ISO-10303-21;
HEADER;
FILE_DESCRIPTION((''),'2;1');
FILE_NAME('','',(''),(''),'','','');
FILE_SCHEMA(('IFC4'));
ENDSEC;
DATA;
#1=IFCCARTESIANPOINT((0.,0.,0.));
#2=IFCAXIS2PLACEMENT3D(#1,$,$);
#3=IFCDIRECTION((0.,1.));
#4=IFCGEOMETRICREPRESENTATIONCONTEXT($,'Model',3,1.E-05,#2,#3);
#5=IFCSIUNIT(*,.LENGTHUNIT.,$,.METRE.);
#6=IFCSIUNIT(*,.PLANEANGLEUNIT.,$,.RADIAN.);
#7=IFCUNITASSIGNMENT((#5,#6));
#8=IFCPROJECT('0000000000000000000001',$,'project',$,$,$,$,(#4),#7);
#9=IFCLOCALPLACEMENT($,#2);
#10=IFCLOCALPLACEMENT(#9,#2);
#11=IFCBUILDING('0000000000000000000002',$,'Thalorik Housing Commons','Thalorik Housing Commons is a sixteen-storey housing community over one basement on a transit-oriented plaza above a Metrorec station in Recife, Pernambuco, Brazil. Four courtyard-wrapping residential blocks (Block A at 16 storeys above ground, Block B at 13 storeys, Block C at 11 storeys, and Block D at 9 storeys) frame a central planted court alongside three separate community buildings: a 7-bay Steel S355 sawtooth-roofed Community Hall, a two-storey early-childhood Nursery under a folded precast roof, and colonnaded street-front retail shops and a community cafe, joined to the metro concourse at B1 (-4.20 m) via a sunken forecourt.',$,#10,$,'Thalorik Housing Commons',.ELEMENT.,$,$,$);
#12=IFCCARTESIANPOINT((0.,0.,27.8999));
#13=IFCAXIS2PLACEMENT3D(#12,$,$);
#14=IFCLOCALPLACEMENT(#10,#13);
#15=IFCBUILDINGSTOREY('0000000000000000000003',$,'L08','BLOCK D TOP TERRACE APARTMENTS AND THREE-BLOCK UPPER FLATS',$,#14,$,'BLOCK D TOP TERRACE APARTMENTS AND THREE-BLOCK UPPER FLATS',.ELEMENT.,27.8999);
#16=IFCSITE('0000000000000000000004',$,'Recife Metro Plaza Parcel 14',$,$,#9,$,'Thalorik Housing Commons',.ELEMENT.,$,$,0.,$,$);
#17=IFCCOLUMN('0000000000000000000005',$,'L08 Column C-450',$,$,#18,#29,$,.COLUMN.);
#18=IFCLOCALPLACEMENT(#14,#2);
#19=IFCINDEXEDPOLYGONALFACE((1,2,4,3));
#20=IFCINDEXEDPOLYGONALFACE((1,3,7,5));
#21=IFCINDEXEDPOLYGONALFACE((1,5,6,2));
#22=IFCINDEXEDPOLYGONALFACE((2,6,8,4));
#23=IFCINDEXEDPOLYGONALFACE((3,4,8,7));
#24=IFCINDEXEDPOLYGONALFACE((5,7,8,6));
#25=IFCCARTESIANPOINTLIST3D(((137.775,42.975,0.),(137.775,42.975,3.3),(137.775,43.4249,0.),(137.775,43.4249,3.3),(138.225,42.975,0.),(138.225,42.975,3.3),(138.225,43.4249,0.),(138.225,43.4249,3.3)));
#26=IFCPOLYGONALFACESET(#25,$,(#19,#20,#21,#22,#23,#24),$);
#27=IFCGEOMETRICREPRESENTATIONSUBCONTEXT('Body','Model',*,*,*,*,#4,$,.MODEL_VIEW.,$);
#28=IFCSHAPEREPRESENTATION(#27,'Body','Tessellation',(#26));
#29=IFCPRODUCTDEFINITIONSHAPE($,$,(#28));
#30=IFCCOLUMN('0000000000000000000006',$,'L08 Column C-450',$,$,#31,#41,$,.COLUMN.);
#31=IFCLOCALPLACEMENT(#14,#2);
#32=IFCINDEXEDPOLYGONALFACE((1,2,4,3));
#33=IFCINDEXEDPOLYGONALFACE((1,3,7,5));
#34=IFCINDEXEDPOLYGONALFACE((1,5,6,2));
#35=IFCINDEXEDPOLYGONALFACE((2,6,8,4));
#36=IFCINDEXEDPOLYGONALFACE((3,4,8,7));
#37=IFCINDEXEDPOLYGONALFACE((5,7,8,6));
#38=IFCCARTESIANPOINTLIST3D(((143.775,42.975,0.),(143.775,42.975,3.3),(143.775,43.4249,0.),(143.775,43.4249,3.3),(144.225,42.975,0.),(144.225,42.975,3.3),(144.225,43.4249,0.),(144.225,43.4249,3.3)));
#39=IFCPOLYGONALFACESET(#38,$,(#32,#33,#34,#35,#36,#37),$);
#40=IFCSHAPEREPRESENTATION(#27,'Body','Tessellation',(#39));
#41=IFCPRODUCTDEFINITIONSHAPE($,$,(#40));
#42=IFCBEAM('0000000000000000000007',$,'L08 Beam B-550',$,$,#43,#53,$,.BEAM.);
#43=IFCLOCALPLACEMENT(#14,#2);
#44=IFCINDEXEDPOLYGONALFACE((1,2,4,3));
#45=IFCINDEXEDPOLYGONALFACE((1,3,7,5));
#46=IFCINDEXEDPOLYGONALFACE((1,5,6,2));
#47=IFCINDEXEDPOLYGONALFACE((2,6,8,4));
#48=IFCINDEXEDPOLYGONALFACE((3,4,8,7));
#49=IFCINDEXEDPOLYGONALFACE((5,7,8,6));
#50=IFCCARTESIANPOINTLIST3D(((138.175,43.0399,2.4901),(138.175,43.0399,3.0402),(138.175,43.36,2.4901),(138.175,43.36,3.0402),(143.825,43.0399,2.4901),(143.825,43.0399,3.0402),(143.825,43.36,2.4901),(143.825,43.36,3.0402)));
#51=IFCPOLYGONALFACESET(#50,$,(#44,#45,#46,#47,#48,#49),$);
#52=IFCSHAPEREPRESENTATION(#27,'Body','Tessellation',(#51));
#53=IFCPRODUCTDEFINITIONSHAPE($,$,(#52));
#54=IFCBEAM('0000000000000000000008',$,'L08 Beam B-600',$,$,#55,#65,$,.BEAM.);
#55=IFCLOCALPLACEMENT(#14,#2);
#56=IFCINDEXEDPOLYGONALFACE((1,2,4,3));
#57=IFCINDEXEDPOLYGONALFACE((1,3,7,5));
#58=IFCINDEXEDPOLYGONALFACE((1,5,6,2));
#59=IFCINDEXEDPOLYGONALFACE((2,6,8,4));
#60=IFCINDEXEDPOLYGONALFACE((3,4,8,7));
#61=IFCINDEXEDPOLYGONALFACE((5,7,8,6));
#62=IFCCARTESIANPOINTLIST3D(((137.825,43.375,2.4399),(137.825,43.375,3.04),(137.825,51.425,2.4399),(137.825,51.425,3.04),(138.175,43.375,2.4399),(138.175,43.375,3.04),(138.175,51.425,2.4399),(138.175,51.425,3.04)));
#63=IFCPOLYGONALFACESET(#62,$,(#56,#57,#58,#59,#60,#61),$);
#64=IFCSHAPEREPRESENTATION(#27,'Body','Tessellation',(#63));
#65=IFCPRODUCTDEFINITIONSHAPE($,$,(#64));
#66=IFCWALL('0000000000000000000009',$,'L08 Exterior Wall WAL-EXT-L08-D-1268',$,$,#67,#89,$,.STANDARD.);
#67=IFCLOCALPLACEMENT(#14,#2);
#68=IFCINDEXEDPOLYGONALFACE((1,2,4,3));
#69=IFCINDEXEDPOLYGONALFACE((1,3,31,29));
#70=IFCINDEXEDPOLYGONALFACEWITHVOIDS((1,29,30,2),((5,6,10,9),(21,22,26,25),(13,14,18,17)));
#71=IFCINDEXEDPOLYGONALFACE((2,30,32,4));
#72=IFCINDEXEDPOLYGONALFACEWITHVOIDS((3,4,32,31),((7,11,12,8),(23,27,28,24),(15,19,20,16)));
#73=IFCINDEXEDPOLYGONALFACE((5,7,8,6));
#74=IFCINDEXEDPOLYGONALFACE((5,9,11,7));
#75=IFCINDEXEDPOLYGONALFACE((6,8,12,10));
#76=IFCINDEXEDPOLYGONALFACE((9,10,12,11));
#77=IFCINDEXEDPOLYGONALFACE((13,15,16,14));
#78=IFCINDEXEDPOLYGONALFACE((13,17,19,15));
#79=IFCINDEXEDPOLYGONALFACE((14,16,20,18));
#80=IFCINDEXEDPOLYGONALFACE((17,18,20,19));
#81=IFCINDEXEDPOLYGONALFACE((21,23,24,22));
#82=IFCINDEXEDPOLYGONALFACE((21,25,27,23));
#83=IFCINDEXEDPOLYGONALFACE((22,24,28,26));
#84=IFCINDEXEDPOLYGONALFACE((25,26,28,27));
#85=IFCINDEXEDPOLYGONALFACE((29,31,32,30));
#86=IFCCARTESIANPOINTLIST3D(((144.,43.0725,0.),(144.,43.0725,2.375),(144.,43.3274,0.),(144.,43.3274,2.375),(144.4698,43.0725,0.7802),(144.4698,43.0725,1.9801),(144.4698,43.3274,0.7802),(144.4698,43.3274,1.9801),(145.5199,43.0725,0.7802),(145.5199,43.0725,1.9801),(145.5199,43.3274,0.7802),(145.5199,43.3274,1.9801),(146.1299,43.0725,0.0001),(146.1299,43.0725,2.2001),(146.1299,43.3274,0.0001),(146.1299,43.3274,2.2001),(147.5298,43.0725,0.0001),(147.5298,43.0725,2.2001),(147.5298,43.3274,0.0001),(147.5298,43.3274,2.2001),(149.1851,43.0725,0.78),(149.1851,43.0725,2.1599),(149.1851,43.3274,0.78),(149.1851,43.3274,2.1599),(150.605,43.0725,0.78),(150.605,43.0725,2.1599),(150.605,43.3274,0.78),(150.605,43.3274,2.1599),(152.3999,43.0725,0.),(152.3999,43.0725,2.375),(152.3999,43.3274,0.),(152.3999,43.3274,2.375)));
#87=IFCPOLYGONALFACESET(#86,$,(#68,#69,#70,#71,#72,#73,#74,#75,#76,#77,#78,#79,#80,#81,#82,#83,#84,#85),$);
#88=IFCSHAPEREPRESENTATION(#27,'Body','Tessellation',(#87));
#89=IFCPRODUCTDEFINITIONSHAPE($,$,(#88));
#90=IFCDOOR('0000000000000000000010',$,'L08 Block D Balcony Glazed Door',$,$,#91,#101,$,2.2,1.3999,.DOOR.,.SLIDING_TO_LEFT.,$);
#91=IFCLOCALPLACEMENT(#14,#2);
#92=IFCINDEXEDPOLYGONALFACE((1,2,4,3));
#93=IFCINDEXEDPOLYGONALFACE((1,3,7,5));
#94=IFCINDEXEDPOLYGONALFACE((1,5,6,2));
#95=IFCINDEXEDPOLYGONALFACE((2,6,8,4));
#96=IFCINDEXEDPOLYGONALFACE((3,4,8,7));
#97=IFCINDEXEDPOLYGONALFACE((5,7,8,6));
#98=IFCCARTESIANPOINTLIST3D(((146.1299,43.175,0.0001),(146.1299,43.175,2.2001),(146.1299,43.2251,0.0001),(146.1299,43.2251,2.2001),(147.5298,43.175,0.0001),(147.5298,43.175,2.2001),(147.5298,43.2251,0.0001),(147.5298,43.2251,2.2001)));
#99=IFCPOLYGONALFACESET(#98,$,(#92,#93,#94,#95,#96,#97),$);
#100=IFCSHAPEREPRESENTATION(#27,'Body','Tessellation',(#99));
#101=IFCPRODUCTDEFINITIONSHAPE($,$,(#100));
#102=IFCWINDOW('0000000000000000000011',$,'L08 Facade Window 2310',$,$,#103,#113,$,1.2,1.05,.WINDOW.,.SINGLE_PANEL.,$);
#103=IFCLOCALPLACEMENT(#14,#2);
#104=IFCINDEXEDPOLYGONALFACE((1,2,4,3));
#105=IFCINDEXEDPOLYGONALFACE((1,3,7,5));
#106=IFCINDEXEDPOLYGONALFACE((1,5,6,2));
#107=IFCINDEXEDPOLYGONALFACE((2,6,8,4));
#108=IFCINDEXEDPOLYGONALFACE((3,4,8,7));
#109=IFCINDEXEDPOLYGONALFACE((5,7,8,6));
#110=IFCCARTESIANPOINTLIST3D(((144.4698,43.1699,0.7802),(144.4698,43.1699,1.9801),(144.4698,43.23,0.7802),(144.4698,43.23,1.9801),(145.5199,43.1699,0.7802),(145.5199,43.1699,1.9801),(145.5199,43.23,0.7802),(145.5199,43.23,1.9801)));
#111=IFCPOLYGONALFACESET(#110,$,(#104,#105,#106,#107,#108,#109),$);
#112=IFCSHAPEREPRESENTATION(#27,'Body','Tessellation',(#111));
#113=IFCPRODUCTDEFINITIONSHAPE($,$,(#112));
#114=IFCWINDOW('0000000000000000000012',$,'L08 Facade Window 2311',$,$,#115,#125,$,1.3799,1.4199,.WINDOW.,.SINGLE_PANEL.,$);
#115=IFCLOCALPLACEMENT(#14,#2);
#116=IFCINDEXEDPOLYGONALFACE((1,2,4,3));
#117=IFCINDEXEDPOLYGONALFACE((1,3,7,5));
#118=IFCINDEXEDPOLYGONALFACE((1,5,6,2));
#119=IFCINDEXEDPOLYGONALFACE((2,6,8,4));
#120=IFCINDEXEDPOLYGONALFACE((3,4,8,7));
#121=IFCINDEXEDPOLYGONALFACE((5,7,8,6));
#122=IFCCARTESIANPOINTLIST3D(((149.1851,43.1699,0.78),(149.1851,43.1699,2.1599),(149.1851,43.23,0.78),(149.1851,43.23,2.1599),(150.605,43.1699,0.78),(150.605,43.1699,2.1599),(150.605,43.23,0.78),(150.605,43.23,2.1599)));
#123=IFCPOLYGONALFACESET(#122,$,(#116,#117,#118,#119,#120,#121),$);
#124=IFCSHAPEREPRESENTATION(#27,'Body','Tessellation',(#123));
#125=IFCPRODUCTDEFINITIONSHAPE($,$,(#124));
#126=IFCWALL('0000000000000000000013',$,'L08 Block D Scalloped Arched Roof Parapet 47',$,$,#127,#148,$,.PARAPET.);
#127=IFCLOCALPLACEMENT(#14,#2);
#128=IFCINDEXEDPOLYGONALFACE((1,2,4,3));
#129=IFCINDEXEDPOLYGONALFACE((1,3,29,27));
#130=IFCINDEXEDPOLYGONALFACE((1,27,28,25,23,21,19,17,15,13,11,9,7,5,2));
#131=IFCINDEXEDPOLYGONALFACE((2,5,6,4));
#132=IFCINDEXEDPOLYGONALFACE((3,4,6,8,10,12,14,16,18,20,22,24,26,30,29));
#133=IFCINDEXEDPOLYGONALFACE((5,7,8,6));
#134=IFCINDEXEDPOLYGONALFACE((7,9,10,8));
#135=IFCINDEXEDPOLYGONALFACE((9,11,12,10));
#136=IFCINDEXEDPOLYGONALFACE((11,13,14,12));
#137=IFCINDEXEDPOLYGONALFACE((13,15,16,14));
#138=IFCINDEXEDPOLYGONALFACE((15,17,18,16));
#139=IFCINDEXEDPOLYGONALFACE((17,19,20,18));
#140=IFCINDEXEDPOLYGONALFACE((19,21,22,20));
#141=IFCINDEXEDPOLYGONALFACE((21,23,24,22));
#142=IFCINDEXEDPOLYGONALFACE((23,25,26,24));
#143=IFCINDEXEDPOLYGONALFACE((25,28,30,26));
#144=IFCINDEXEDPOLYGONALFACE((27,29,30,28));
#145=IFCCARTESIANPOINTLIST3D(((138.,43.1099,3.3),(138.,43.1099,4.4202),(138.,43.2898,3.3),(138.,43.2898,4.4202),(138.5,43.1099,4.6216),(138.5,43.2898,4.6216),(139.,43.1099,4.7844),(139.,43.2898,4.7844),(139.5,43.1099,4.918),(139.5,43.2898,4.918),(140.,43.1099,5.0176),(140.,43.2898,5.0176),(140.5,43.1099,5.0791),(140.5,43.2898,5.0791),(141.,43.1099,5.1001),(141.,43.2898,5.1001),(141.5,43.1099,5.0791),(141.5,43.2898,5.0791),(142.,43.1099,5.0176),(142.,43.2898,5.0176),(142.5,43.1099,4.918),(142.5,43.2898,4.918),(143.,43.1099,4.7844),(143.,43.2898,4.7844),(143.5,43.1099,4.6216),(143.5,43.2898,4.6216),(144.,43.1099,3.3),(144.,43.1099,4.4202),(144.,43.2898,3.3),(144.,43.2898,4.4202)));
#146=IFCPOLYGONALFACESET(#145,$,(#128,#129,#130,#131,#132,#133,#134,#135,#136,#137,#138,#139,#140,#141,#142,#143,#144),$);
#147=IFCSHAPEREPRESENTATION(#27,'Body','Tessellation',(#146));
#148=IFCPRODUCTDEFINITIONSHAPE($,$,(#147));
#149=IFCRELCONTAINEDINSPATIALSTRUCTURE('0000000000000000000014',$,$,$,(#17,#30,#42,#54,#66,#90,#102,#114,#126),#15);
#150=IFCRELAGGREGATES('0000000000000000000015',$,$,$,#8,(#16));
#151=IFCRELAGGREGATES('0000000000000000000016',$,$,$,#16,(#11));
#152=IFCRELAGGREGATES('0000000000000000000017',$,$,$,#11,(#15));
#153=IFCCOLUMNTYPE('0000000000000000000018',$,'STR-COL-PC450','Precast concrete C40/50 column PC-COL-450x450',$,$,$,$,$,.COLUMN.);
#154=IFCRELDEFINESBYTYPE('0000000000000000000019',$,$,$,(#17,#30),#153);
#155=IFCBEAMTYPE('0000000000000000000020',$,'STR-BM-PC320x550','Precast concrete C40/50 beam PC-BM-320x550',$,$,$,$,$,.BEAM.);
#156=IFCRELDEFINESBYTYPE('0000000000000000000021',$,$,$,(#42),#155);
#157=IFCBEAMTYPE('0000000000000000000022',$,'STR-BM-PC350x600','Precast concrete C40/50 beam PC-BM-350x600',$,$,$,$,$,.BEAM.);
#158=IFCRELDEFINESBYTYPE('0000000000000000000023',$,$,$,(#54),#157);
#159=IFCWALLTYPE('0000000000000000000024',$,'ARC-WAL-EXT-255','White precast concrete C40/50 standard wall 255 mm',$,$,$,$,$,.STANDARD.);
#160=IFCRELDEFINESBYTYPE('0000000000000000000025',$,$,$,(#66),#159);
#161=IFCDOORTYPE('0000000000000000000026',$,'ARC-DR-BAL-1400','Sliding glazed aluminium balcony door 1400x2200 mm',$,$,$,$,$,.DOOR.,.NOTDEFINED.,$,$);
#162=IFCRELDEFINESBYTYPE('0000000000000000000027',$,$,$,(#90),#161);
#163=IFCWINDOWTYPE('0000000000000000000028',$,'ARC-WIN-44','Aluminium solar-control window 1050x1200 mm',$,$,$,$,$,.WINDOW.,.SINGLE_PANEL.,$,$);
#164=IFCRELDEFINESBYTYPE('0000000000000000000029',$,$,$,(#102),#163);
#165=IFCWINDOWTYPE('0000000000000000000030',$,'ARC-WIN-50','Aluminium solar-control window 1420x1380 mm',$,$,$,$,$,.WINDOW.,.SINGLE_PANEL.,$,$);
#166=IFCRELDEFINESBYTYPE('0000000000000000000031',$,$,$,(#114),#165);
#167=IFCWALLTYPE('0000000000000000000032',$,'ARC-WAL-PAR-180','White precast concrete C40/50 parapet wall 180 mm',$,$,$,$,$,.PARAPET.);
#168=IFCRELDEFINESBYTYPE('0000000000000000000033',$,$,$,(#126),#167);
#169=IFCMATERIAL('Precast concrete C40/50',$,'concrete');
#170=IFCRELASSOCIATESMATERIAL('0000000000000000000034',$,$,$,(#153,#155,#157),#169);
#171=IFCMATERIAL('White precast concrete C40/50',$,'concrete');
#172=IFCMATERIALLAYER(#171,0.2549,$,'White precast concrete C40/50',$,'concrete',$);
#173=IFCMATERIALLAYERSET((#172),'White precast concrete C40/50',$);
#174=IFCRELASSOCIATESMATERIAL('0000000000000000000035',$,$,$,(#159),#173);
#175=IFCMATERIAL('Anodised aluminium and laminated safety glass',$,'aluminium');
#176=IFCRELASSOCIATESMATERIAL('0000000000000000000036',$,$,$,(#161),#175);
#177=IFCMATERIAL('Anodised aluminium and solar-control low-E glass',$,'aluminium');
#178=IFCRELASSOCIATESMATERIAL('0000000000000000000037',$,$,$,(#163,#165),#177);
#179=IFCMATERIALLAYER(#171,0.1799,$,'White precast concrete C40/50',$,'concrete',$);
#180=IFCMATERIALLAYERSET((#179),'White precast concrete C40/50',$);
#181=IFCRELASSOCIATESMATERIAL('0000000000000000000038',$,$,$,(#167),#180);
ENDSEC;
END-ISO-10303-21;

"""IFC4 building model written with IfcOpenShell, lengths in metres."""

from ifc_helpers import new_model, si_unit, direction, frame, frame_2d, origin, origin_2d, place, context, subcontext, project, spatial, polyline, rectangle, outline, extrude, material, layer, layer_set, material_profile, profile_set, type_object, element, fill, save


model = new_model("IFC4")

# Units and contexts
model_context = context("Model", 3, precision=1e-05, world=origin(), true_north=direction((0.0, 1.0)))
body_context = subcontext(model_context, "Body", "Model", "MODEL_VIEW")
ifc_project = project(units=[si_unit("LENGTHUNIT", "METRE"), si_unit("PLANEANGLEUNIT", "RADIAN")], contexts=[model_context])

# Site, building, storey
site_placement = place(None, origin())
site = spatial("IfcSite", under=ifc_project, at=site_placement, Name="Recife Metro Plaza Parcel 14", LongName="Thalorik Housing Commons", CompositionType="ELEMENT", RefElevation=0.0)
building_placement = place(site_placement, origin())
building = spatial("IfcBuilding", under=site, at=building_placement, Name="Thalorik Housing Commons", Description="Thalorik Housing Commons is a sixteen-storey housing community over one basement on a transit-oriented plaza above a Metrorec station in Recife, Pernambuco, Brazil. Four courtyard-wrapping residential blocks (Block A at 16 storeys above ground, Block B at 13 storeys, Block C at 11 storeys, and Block D at 9 storeys) frame a central planted court alongside three separate community buildings: a 7-bay Steel S355 sawtooth-roofed Community Hall, a two-storey early-childhood Nursery under a folded precast roof, and colonnaded street-front retail shops and a community cafe, joined to the metro concourse at B1 (-4.20 m) via a sunken forecourt.", LongName="Thalorik Housing Commons", CompositionType="ELEMENT")
storey_placement = place(building_placement, frame((0.0, 0.0, 27.8999)))
storey = spatial("IfcBuildingStorey", under=building, at=storey_placement, Name="L08", Description="BLOCK D TOP TERRACE APARTMENTS AND THREE-BLOCK UPPER FLATS", LongName="BLOCK D TOP TERRACE APARTMENTS AND THREE-BLOCK UPPER FLATS", CompositionType="ELEMENT", Elevation=27.8999)

# Columns
ifc_material_1 = material(Name="Precast concrete C40/50", Category="concrete")
ifc_material_profile_1 = material_profile(ifc_material_1, rectangle(XDim=0.45, YDim=0.45, at=origin_2d()), Name="PC 450x450", Category="concrete")
ifc_profile_set_1 = profile_set([ifc_material_profile_1], Name="Precast concrete C40/50")
column_type = type_object("IfcColumnType", Name="STR-COL-PC450", Description="Precast concrete C40/50 column PC-COL-450x450", PredefinedType="COLUMN", material=ifc_profile_set_1)
for number, where, z_axis, x_axis, name in (
    (1, (138.0, 43.2, 0.0), (0.0, 0.0, 1.0), (1.0, 0.0, 0.0), "L08 Column C-450"),
    (2, (144.0, 43.2, 0.0), (0.0, 0.0, 1.0), (1.0, 0.0, 0.0), "L08 Column C-450"),
):
    element("IfcColumn", number, at=place(storey_placement, frame(where, z_axis=z_axis, x_axis=x_axis)), inside=storey, type_object=column_type, Name=name, PredefinedType="COLUMN", context=body_context, shape_type="SweptSolid", body=[
        extrude(rectangle(XDim=0.45, YDim=0.45, at=origin_2d()), origin(), (0.0, 0.0, 1.0), 3.3),
    ])

# Beams
ifc_material_profile_2 = material_profile(ifc_material_1, rectangle(XDim=0.3201, YDim=0.55, at=origin_2d()), Name="PC 320x550", Category="concrete")
ifc_profile_set_2 = profile_set([ifc_material_profile_2], Name="Precast concrete C40/50")
beam_type_1 = type_object("IfcBeamType", Name="STR-BM-PC320x550", Description="Precast concrete C40/50 beam PC-BM-320x550", PredefinedType="BEAM", material=ifc_profile_set_2)
beam_1_placement = place(storey_placement, frame((138.175, 43.2, 2.7651), z_axis=(1.0, 0.0, 0.0), x_axis=(0.0, 1.0, 0.0)))
element("IfcBeam", 3, at=beam_1_placement, inside=storey, type_object=beam_type_1, Name="L08 Beam B-550", PredefinedType="BEAM", context=body_context, shape_type="SweptSolid", body=[
    extrude(rectangle(XDim=0.3201, YDim=0.55, at=origin_2d()), origin(), (0.0, 0.0, 1.0), 5.6499),
])
ifc_material_profile_3 = material_profile(ifc_material_1, rectangle(XDim=0.3501, YDim=0.6001, at=origin_2d()), Name="PC 350x600", Category="concrete")
ifc_profile_set_3 = profile_set([ifc_material_profile_3], Name="Precast concrete C40/50")
beam_type_2 = type_object("IfcBeamType", Name="STR-BM-PC350x600", Description="Precast concrete C40/50 beam PC-BM-350x600", PredefinedType="BEAM", material=ifc_profile_set_3)
beam_2_placement = place(storey_placement, frame((138.0, 43.375, 2.74), z_axis=(0.0, 1.0, 0.0), x_axis=(-1.0, 0.0, 0.0)))
element("IfcBeam", 4, at=beam_2_placement, inside=storey, type_object=beam_type_2, Name="L08 Beam B-600", PredefinedType="BEAM", context=body_context, shape_type="SweptSolid", body=[
    extrude(rectangle(XDim=0.3501, YDim=0.6001, at=origin_2d()), origin(), (0.0, 0.0, 1.0), 8.05),
])

# Shared definitions
ifc_material_2 = material(Name="White precast concrete C40/50", Category="concrete")
ifc_layer_1 = layer(ifc_material_2, 0.2549, Name="White precast concrete C40/50", Category="concrete")
ifc_layer_set_1 = layer_set([ifc_layer_1], Name="White precast concrete C40/50")
wall_type_1 = type_object("IfcWallType", Name="ARC-WAL-EXT-255", Description="White precast concrete C40/50 standard wall 255 mm", PredefinedType="STANDARD", material=ifc_layer_set_1)
ifc_material_3 = material(Name="Anodised aluminium and laminated safety glass", Category="aluminium")
ifc_material_4 = material(Name="Anodised aluminium and solar-control low-E glass", Category="aluminium")

# Wall, openings, door, windows
wall_1_placement = place(storey_placement, frame((144.0, 43.2, 0.0), z_axis=(0.0, 0.0, 1.0), x_axis=(1.0, 0.0, 0.0)))
wall_1 = element("IfcWall", 5, at=wall_1_placement, inside=storey, type_object=wall_type_1, Name="L08 Exterior Wall WAL-EXT-L08-D-1268", PredefinedType="STANDARD", context=body_context, shape_type="SweptSolid", body=[
    extrude(rectangle(XDim=8.3999, YDim=0.2549, at=frame_2d((4.2, 0.0))), origin(), (0.0, 0.0, 1.0), 2.375),
])
opening_1_placement = place(wall_1_placement, frame((2.1299, 0.0, 0.0)))
opening_1 = element("IfcOpeningElement", 6, at=opening_1_placement, cuts=wall_1, PredefinedType="OPENING", context=body_context, shape_type="SweptSolid", body=[
    extrude(rectangle(XDim=1.3999, YDim=2.2, at=frame_2d((0.7, 1.1001))), frame((0.0, 0.1375, 0.0), z_axis=(0.0, -1.0, 0.0), x_axis=(1.0, 0.0, 0.0)), (0.0, 0.0, 1.0), 0.2749),
])
opening_2_placement = place(wall_1_placement, frame((0.47, 0.0, 0.78)))
opening_2 = element("IfcOpeningElement", 7, at=opening_2_placement, cuts=wall_1, PredefinedType="OPENING", context=body_context, shape_type="SweptSolid", body=[
    extrude(rectangle(XDim=1.05, YDim=1.2, at=frame_2d((0.5249, 0.6001))), frame((0.0, 0.1375, 0.0), z_axis=(0.0, -1.0, 0.0), x_axis=(1.0, 0.0, 0.0)), (0.0, 0.0, 1.0), 0.2749),
])
opening_3_placement = place(wall_1_placement, frame((5.1851, 0.0, 0.78)))
opening_3 = element("IfcOpeningElement", 8, at=opening_3_placement, cuts=wall_1, PredefinedType="OPENING", context=body_context, shape_type="SweptSolid", body=[
    extrude(rectangle(XDim=1.4199, YDim=1.3799, at=frame_2d((0.71, 0.6899))), frame((0.0, 0.1375, 0.0), z_axis=(0.0, -1.0, 0.0), x_axis=(1.0, 0.0, 0.0)), (0.0, 0.0, 1.0), 0.2749),
])
door_type_1 = type_object("IfcDoorType", Name="ARC-DR-BAL-1400", Description="Sliding glazed aluminium balcony door 1400x2200 mm", OperationType="NOTDEFINED", PredefinedType="DOOR", material=ifc_material_3)
door_1_placement = place(opening_1_placement, frame((1.3999, 0.0, 0.0), z_axis=(0.0, 0.0, 1.0), x_axis=(-1.0, 0.0, 0.0)))
door_1 = element("IfcDoor", 9, at=door_1_placement, inside=storey, type_object=door_type_1, Name="L08 Block D Balcony Glazed Door", OperationType="SLIDING_TO_LEFT", OverallHeight=2.2, OverallWidth=1.3999, PredefinedType="DOOR", context=body_context, shape_type="SweptSolid", body=[
    extrude(rectangle(XDim=1.3999, YDim=2.2, at=frame_2d((0.7, 1.1001))), frame((0.0, 0.0249, 0.0), z_axis=(0.0, -1.0, 0.0), x_axis=(1.0, 0.0, 0.0)), (0.0, 0.0, 1.0), 0.05),
])
fill(opening_1, door_1)
window_type_1 = type_object("IfcWindowType", Name="ARC-WIN-44", Description="Aluminium solar-control window 1050x1200 mm", PartitioningType="SINGLE_PANEL", PredefinedType="WINDOW", material=ifc_material_4)
window_1_placement = place(opening_2_placement, origin())
window_1 = element("IfcWindow", 10, at=window_1_placement, inside=storey, type_object=window_type_1, Name="L08 Facade Window 2310", OverallHeight=1.2, OverallWidth=1.05, PartitioningType="SINGLE_PANEL", PredefinedType="WINDOW", context=body_context, shape_type="SweptSolid", body=[
    extrude(rectangle(XDim=1.05, YDim=1.2, at=frame_2d((0.5249, 0.6001))), frame((0.0, 0.03, 0.0), z_axis=(0.0, -1.0, 0.0), x_axis=(1.0, 0.0, 0.0)), (0.0, 0.0, 1.0), 0.0601),
])
fill(opening_2, window_1)
window_type_2 = type_object("IfcWindowType", Name="ARC-WIN-50", Description="Aluminium solar-control window 1420x1380 mm", PartitioningType="SINGLE_PANEL", PredefinedType="WINDOW", material=ifc_material_4)
window_2_placement = place(opening_3_placement, origin())
window_2 = element("IfcWindow", 11, at=window_2_placement, inside=storey, type_object=window_type_2, Name="L08 Facade Window 2311", OverallHeight=1.3799, OverallWidth=1.4199, PartitioningType="SINGLE_PANEL", PredefinedType="WINDOW", context=body_context, shape_type="SweptSolid", body=[
    extrude(rectangle(XDim=1.4199, YDim=1.3799, at=frame_2d((0.71, 0.6899))), frame((0.0, 0.03, 0.0), z_axis=(0.0, -1.0, 0.0), x_axis=(1.0, 0.0, 0.0)), (0.0, 0.0, 1.0), 0.0601),
])
fill(opening_3, window_2)

# Wall
ifc_layer_2 = layer(ifc_material_2, 0.1799, Name="White precast concrete C40/50", Category="concrete")
ifc_layer_set_2 = layer_set([ifc_layer_2], Name="White precast concrete C40/50")
wall_type_2 = type_object("IfcWallType", Name="ARC-WAL-PAR-180", Description="White precast concrete C40/50 parapet wall 180 mm", PredefinedType="PARAPET", material=ifc_layer_set_2)
wall_2_placement = place(storey_placement, frame((138.0, 43.2, 3.3), z_axis=(0.0, 0.0, 1.0), x_axis=(1.0, 0.0, 0.0)))
element("IfcWall", 12, at=wall_2_placement, inside=storey, type_object=wall_type_2, Name="L08 Block D Scalloped Arched Roof Parapet 47", PredefinedType="PARAPET", context=body_context, shape_type="SweptSolid", body=[
    extrude(outline(polyline([(0.0, 0.0), (6.0, 0.0), (6.0, 1.1201), (5.5, 1.3215), (5.0, 1.4844), (4.5, 1.6179), (4.0, 1.7175), (3.5, 1.7791), (3.0, 1.8), (2.5, 1.7791), (2.0, 1.7175), (1.5, 1.6179), (1.0, 1.4844), (0.5, 1.3215), (0.0, 1.1201), (0.0, 0.0)])), frame((0.0, 0.0898, 0.0), z_axis=(0.0, -1.0, 0.0), x_axis=(1.0, 0.0, 0.0)), (0.0, 0.0, 1.0), 0.1799),
])

save(model, "model.ifc")
